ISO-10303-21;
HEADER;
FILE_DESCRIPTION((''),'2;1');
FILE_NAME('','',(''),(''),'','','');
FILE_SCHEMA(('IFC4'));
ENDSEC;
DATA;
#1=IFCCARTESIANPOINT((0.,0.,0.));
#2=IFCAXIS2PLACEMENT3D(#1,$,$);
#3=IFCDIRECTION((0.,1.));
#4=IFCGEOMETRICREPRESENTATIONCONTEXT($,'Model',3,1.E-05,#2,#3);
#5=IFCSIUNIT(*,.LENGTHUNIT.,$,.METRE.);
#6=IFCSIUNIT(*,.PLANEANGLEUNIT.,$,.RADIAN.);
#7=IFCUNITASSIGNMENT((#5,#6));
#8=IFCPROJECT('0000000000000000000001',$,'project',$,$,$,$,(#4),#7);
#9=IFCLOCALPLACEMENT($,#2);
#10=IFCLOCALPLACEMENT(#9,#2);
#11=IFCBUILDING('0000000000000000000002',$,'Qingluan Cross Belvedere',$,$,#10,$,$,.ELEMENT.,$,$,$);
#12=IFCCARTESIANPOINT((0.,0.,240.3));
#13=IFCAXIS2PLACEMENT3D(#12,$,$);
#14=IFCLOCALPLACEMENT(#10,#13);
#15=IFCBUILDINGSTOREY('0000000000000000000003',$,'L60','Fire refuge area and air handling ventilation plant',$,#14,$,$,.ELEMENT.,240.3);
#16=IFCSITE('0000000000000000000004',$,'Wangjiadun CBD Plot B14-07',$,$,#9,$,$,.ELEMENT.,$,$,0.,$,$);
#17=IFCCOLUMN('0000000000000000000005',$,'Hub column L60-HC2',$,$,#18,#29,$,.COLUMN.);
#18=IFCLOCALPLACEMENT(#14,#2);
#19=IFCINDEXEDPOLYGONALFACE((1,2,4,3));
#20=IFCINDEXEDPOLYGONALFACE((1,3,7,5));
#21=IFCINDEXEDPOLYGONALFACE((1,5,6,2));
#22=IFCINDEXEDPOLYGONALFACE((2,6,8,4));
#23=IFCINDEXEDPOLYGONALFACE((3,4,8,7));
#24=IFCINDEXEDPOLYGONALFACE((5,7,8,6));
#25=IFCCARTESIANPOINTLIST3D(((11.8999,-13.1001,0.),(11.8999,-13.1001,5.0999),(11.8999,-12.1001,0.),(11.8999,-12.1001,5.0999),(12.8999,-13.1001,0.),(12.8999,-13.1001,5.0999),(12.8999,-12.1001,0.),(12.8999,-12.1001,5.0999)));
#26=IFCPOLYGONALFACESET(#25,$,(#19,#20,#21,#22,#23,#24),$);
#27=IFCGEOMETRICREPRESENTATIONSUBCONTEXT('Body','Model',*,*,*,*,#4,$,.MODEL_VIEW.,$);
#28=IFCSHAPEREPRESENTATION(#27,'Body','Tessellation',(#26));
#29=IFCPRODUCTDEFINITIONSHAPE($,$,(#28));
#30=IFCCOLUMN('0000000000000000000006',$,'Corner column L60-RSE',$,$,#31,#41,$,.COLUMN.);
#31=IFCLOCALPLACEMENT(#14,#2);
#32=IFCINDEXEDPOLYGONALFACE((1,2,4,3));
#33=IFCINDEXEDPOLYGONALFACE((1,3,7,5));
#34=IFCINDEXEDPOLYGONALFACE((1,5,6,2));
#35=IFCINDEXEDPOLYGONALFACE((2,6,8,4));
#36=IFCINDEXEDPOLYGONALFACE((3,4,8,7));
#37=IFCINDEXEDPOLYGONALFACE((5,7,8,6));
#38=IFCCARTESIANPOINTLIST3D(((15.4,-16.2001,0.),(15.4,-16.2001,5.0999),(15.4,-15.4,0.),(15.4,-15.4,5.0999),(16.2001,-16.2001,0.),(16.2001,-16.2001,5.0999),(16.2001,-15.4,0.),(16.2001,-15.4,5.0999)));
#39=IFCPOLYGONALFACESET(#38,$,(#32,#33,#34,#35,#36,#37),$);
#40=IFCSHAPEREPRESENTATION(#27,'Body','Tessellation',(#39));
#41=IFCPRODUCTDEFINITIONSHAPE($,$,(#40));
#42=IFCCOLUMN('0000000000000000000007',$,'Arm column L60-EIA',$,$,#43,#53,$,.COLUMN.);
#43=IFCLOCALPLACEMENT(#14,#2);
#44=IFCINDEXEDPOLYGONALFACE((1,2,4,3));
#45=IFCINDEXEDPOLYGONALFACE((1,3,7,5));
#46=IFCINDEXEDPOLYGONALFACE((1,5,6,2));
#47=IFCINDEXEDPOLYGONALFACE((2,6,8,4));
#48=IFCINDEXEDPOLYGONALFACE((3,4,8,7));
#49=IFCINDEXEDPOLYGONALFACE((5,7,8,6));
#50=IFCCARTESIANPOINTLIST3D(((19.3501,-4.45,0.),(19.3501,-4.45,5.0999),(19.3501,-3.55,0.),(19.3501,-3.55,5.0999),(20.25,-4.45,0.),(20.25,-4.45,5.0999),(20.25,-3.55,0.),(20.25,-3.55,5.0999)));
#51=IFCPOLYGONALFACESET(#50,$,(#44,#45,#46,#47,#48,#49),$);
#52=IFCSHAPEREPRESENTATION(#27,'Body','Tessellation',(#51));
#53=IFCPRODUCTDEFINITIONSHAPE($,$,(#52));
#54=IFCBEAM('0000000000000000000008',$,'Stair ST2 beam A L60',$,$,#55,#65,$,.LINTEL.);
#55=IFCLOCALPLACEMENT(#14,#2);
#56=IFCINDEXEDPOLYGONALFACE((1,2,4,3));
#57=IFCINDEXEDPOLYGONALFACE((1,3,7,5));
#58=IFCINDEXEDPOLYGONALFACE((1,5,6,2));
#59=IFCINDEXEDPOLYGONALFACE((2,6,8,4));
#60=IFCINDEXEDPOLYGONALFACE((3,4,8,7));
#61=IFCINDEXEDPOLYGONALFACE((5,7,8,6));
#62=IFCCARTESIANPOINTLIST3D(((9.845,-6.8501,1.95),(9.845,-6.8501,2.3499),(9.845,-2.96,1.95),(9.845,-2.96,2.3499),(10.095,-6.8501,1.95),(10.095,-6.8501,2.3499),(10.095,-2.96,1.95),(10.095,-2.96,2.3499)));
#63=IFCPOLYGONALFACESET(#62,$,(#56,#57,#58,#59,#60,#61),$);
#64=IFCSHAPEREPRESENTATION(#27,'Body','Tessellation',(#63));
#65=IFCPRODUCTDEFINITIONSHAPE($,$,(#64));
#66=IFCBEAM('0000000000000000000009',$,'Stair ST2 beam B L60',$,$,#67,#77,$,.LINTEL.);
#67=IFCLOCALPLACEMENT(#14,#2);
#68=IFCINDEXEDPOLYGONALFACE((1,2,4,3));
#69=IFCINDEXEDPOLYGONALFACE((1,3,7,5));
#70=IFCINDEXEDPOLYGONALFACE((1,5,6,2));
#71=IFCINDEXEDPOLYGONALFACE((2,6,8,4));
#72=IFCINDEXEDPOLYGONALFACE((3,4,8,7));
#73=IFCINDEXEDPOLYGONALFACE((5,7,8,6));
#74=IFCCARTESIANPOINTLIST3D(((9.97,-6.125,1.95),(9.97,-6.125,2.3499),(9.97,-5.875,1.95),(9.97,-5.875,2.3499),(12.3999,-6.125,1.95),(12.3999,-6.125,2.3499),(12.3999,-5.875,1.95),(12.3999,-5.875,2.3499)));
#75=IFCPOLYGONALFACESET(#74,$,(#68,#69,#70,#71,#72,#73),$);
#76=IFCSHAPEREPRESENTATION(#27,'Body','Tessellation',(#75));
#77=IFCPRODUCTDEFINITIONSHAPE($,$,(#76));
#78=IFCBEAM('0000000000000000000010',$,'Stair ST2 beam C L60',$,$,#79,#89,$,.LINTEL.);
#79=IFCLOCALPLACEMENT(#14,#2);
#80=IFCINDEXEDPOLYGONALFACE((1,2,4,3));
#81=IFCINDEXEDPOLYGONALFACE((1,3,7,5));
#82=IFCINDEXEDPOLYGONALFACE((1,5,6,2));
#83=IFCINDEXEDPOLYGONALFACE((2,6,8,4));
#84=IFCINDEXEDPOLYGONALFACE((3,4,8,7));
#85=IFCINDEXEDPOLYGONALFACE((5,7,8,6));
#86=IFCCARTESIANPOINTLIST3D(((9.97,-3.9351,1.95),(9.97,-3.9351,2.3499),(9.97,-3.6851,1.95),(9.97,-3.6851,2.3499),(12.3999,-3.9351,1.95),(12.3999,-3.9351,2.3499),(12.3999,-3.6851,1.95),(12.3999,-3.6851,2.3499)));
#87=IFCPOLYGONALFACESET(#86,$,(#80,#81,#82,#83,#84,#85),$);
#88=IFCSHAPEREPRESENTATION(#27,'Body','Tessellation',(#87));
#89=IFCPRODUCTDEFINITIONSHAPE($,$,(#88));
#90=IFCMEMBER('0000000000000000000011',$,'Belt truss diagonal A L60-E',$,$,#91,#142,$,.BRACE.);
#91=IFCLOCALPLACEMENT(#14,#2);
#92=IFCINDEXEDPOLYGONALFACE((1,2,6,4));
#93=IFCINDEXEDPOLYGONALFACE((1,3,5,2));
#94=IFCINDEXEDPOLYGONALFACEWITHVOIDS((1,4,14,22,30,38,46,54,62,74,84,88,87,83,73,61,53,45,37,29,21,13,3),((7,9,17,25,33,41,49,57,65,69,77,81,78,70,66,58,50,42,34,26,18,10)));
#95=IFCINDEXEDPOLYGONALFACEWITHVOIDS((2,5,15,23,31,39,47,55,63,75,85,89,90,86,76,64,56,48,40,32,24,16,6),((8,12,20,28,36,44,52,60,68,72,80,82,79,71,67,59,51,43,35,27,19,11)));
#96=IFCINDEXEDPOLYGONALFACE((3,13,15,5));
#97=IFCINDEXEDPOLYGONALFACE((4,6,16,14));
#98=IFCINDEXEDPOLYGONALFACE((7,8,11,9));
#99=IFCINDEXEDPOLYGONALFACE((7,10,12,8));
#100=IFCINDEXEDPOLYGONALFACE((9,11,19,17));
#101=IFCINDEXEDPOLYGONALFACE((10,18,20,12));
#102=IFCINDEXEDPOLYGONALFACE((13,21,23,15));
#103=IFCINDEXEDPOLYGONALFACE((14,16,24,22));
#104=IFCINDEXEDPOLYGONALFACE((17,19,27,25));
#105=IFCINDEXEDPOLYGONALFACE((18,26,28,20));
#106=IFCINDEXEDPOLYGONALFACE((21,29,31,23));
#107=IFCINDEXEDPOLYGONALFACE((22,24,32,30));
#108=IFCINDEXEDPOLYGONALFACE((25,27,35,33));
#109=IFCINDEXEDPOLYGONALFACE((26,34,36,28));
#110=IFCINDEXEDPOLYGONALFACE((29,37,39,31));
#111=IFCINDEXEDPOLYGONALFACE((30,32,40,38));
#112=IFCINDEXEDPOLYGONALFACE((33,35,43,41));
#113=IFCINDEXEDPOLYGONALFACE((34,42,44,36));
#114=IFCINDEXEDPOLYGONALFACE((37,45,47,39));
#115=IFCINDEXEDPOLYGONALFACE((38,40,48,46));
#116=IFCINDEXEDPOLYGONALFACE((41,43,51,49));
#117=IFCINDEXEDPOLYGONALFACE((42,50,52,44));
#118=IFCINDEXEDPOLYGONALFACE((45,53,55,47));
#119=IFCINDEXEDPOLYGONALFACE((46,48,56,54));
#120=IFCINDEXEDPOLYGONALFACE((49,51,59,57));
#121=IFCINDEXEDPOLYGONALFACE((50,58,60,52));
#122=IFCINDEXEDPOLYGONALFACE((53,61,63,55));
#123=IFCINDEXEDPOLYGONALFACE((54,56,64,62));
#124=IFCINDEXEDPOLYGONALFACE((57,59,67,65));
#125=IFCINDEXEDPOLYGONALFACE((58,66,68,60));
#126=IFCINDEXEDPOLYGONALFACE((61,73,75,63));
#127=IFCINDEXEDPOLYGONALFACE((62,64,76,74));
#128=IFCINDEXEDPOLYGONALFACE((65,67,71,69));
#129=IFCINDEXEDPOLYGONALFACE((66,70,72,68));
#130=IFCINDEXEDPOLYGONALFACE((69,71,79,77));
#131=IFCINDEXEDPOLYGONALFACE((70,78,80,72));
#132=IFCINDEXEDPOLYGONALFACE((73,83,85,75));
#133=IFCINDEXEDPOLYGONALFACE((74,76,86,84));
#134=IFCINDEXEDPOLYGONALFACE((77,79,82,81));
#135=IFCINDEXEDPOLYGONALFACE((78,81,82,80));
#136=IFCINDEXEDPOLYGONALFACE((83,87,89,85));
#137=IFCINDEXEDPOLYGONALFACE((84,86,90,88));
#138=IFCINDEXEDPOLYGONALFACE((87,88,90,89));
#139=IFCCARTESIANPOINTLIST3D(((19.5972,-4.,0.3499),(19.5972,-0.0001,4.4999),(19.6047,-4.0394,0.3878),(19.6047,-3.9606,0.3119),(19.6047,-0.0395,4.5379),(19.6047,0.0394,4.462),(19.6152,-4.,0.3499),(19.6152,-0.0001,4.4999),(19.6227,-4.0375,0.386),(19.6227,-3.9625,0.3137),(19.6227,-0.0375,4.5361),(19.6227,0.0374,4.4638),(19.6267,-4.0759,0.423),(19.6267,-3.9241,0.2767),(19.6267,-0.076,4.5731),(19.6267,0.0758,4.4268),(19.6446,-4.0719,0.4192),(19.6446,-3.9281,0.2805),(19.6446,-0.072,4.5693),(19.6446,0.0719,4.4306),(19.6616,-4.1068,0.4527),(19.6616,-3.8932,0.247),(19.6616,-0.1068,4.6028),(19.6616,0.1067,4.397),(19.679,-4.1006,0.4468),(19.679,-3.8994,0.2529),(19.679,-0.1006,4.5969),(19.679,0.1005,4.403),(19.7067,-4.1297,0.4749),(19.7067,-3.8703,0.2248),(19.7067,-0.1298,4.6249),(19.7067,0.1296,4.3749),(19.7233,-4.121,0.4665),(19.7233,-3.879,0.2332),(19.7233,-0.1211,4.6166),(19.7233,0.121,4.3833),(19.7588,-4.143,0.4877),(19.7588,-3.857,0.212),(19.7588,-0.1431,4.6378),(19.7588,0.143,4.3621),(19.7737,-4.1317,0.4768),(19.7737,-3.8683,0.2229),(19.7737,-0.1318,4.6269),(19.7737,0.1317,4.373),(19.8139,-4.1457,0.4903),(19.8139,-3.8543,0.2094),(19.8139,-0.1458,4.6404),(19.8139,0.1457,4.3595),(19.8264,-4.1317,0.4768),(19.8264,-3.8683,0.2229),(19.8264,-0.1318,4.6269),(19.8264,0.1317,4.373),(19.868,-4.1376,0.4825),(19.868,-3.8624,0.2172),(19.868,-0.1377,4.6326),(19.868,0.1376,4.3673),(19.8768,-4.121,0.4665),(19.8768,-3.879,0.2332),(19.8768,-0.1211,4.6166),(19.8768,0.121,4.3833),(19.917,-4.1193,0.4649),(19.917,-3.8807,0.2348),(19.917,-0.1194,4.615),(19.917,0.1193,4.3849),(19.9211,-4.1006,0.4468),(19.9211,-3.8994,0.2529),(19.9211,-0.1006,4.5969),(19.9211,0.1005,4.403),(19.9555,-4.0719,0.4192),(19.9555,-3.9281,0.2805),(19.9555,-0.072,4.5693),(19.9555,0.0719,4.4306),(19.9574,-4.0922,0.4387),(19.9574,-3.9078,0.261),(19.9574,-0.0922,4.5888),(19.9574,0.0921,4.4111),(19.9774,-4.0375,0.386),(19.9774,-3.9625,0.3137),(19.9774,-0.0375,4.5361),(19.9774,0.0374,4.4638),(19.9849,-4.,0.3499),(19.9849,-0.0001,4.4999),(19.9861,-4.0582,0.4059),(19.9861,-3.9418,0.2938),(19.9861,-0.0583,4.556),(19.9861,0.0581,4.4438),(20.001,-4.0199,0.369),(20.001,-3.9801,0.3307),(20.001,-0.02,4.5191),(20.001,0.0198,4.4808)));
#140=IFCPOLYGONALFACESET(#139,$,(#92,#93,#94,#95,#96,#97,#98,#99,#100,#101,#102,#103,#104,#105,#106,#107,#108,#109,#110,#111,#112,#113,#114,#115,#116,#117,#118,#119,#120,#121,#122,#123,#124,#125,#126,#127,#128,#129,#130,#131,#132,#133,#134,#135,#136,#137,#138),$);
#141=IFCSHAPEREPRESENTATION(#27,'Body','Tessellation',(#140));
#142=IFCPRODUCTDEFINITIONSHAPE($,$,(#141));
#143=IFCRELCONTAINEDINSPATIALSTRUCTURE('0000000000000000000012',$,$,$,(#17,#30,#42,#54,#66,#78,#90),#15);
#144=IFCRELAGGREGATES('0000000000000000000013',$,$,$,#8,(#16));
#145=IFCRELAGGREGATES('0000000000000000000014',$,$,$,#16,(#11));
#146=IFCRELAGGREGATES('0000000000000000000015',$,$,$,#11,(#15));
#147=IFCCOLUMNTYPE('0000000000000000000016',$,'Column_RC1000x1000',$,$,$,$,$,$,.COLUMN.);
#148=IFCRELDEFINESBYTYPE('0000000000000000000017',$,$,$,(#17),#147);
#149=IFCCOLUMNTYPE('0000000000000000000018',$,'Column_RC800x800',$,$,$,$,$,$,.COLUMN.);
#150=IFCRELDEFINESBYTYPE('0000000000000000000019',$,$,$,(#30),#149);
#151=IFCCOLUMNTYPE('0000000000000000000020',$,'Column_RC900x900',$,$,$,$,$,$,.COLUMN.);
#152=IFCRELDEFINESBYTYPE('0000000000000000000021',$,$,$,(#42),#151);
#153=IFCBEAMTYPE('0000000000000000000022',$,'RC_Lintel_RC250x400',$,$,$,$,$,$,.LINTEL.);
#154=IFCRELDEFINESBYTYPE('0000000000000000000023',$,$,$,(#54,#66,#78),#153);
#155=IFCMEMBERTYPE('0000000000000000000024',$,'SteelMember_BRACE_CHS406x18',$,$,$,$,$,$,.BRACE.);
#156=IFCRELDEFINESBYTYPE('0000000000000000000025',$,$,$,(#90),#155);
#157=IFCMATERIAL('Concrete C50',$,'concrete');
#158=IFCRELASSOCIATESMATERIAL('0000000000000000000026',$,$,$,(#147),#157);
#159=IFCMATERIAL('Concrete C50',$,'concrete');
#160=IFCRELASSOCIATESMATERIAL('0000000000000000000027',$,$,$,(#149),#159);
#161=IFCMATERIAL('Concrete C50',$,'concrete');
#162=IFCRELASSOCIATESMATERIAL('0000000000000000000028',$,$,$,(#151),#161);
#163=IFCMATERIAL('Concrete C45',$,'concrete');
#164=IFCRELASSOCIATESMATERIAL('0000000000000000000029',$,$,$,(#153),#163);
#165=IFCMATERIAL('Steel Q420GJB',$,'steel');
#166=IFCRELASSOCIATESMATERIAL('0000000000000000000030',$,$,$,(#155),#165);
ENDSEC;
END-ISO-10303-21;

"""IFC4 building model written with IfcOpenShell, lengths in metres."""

from ifc_helpers import new_model, si_unit, direction, frame, origin, origin_2d, place, context, subcontext, project, spatial, rectangle, hollow_circle, extrude, material, material_profile, profile_set, type_object, element, save


model = new_model("IFC4")

# Units and contexts
model_context = context("Model", 3, precision=1e-05, world=origin(), true_north=direction((0.0, 1.0)))
body_context = subcontext(model_context, "Body", "Model", "MODEL_VIEW")
ifc_project = project(units=[si_unit("LENGTHUNIT", "METRE"), si_unit("PLANEANGLEUNIT", "RADIAN")], contexts=[model_context])

# Site, building, storey
site_placement = place(None, origin())
site = spatial("IfcSite", under=ifc_project, at=site_placement, Name="Wangjiadun CBD Plot B14-07", CompositionType="ELEMENT", RefElevation=0.0)
building_placement = place(site_placement, origin())
building = spatial("IfcBuilding", under=site, at=building_placement, Name="Qingluan Cross Belvedere", CompositionType="ELEMENT")
storey_placement = place(building_placement, frame((0.0, 0.0, 240.3)))
storey = spatial("IfcBuildingStorey", under=building, at=storey_placement, Name="L60", Description="Fire refuge area and air handling ventilation plant", CompositionType="ELEMENT", Elevation=240.3)

# Columns
ifc_material_1 = material(Name="Concrete C50", Category="concrete")
ifc_material_profile_1 = material_profile(ifc_material_1, rectangle(XDim=1.0, YDim=1.0, at=origin_2d()), Name="RC1000x1000")
ifc_profile_set_1 = profile_set([ifc_material_profile_1], Name="Concrete C50")
column_type_1 = type_object("IfcColumnType", Name="Column_RC1000x1000", PredefinedType="COLUMN", material=ifc_profile_set_1)
column_1_placement = place(storey_placement, frame((12.3999, -12.6001, 0.0), z_axis=(0.0, 0.0, 1.0), x_axis=(1.0, 0.0, 0.0)))
element("IfcColumn", 1, at=column_1_placement, inside=storey, type_object=column_type_1, Name="Hub column L60-HC2", PredefinedType="COLUMN", context=body_context, shape_type="SweptSolid", body=[
    extrude(rectangle(XDim=1.0, YDim=1.0, at=origin_2d()), origin(), (0.0, 0.0, 1.0), 5.0999),
])
ifc_material_2 = material(Name="Concrete C50", Category="concrete")
ifc_material_profile_2 = material_profile(ifc_material_2, rectangle(XDim=0.8, YDim=0.8, at=origin_2d()), Name="RC800x800")
ifc_profile_set_2 = profile_set([ifc_material_profile_2], Name="Concrete C50")
column_type_2 = type_object("IfcColumnType", Name="Column_RC800x800", PredefinedType="COLUMN", material=ifc_profile_set_2)
column_2_placement = place(storey_placement, frame((15.8, -15.8, 0.0), z_axis=(0.0, 0.0, 1.0), x_axis=(1.0, 0.0, 0.0)))
element("IfcColumn", 2, at=column_2_placement, inside=storey, type_object=column_type_2, Name="Corner column L60-RSE", PredefinedType="COLUMN", context=body_context, shape_type="SweptSolid", body=[
    extrude(rectangle(XDim=0.8, YDim=0.8, at=origin_2d()), origin(), (0.0, 0.0, 1.0), 5.0999),
])
ifc_material_3 = material(Name="Concrete C50", Category="concrete")
ifc_material_profile_3 = material_profile(ifc_material_3, rectangle(XDim=0.8999, YDim=0.8999, at=origin_2d()), Name="RC900x900")
ifc_profile_set_3 = profile_set([ifc_material_profile_3], Name="Concrete C50")
column_type_3 = type_object("IfcColumnType", Name="Column_RC900x900", PredefinedType="COLUMN", material=ifc_profile_set_3)
column_3_placement = place(storey_placement, frame((19.8, -4.0, 0.0), z_axis=(0.0, 0.0, 1.0), x_axis=(1.0, 0.0, 0.0)))
element("IfcColumn", 3, at=column_3_placement, inside=storey, type_object=column_type_3, Name="Arm column L60-EIA", PredefinedType="COLUMN", context=body_context, shape_type="SweptSolid", body=[
    extrude(rectangle(XDim=0.8999, YDim=0.8999, at=origin_2d()), origin(), (0.0, 0.0, 1.0), 5.0999),
])

# Beams
ifc_material_4 = material(Name="Concrete C45", Category="concrete")
ifc_material_profile_4 = material_profile(ifc_material_4, rectangle(XDim=0.25, YDim=0.3999, at=origin_2d()), Name="RC250x400")
ifc_profile_set_4 = profile_set([ifc_material_profile_4], Name="Concrete C45")
beam_type_1 = type_object("IfcBeamType", Name="RC_Lintel_RC250x400", PredefinedType="LINTEL", material=ifc_profile_set_4)
beam_1_placement = place(storey_placement, frame((9.97, -6.8501, 2.1499), z_axis=(0.0, 1.0, 0.0), x_axis=(-1.0, 0.0, 0.0)))
element("IfcBeam", 4, at=beam_1_placement, inside=storey, type_object=beam_type_1, Name="Stair ST2 beam A L60", PredefinedType="LINTEL", context=body_context, shape_type="SweptSolid", body=[
    extrude(rectangle(XDim=0.25, YDim=0.3999, at=origin_2d()), origin(), (0.0, 0.0, 1.0), 3.8901),
])
for number, where, z_axis, x_axis, name in (
    (5, (12.3999, -6.0, 2.1499), (-1.0, 0.0, 0.0), (0.0, -1.0, 0.0), "Stair ST2 beam B L60"),
    (6, (12.3999, -3.8101, 2.1499), (-1.0, 0.0, 0.0), (0.0, -1.0, 0.0), "Stair ST2 beam C L60"),
):
    element("IfcBeam", number, at=place(storey_placement, frame(where, z_axis=z_axis, x_axis=x_axis)), inside=storey, type_object=beam_type_1, Name=name, PredefinedType="LINTEL", context=body_context, shape_type="SweptSolid", body=[
        extrude(rectangle(XDim=0.25, YDim=0.3999, at=origin_2d()), origin(), (0.0, 0.0, 1.0), 2.4299),
    ])

# Member
ifc_material_5 = material(Name="Steel Q420GJB", Category="steel")
ifc_material_profile_5 = material_profile(ifc_material_5, hollow_circle(Radius=0.2029, WallThickness=0.0181, at=origin_2d()), Name="CHS406x18")
ifc_profile_set_5 = profile_set([ifc_material_profile_5], Name="Steel Q420GJB")
member_type_1 = type_object("IfcMemberType", Name="SteelMember_BRACE_CHS406x18", PredefinedType="BRACE", material=ifc_profile_set_5)
member_1_placement = place(storey_placement, frame((19.8, -4.0, 0.3499), z_axis=(0.0, 0.693962, 0.720011), x_axis=(-1.0, 0.0, 0.0)))
element("IfcMember", 7, at=member_1_placement, inside=storey, type_object=member_type_1, Name="Belt truss diagonal A L60-E", PredefinedType="BRACE", context=body_context, shape_type="SweptSolid", body=[
    extrude(hollow_circle(Radius=0.2029, WallThickness=0.0181, at=origin_2d()), origin(), (0.0, 0.0, 1.0), 5.7639),
])

save(model, "model.ifc")
